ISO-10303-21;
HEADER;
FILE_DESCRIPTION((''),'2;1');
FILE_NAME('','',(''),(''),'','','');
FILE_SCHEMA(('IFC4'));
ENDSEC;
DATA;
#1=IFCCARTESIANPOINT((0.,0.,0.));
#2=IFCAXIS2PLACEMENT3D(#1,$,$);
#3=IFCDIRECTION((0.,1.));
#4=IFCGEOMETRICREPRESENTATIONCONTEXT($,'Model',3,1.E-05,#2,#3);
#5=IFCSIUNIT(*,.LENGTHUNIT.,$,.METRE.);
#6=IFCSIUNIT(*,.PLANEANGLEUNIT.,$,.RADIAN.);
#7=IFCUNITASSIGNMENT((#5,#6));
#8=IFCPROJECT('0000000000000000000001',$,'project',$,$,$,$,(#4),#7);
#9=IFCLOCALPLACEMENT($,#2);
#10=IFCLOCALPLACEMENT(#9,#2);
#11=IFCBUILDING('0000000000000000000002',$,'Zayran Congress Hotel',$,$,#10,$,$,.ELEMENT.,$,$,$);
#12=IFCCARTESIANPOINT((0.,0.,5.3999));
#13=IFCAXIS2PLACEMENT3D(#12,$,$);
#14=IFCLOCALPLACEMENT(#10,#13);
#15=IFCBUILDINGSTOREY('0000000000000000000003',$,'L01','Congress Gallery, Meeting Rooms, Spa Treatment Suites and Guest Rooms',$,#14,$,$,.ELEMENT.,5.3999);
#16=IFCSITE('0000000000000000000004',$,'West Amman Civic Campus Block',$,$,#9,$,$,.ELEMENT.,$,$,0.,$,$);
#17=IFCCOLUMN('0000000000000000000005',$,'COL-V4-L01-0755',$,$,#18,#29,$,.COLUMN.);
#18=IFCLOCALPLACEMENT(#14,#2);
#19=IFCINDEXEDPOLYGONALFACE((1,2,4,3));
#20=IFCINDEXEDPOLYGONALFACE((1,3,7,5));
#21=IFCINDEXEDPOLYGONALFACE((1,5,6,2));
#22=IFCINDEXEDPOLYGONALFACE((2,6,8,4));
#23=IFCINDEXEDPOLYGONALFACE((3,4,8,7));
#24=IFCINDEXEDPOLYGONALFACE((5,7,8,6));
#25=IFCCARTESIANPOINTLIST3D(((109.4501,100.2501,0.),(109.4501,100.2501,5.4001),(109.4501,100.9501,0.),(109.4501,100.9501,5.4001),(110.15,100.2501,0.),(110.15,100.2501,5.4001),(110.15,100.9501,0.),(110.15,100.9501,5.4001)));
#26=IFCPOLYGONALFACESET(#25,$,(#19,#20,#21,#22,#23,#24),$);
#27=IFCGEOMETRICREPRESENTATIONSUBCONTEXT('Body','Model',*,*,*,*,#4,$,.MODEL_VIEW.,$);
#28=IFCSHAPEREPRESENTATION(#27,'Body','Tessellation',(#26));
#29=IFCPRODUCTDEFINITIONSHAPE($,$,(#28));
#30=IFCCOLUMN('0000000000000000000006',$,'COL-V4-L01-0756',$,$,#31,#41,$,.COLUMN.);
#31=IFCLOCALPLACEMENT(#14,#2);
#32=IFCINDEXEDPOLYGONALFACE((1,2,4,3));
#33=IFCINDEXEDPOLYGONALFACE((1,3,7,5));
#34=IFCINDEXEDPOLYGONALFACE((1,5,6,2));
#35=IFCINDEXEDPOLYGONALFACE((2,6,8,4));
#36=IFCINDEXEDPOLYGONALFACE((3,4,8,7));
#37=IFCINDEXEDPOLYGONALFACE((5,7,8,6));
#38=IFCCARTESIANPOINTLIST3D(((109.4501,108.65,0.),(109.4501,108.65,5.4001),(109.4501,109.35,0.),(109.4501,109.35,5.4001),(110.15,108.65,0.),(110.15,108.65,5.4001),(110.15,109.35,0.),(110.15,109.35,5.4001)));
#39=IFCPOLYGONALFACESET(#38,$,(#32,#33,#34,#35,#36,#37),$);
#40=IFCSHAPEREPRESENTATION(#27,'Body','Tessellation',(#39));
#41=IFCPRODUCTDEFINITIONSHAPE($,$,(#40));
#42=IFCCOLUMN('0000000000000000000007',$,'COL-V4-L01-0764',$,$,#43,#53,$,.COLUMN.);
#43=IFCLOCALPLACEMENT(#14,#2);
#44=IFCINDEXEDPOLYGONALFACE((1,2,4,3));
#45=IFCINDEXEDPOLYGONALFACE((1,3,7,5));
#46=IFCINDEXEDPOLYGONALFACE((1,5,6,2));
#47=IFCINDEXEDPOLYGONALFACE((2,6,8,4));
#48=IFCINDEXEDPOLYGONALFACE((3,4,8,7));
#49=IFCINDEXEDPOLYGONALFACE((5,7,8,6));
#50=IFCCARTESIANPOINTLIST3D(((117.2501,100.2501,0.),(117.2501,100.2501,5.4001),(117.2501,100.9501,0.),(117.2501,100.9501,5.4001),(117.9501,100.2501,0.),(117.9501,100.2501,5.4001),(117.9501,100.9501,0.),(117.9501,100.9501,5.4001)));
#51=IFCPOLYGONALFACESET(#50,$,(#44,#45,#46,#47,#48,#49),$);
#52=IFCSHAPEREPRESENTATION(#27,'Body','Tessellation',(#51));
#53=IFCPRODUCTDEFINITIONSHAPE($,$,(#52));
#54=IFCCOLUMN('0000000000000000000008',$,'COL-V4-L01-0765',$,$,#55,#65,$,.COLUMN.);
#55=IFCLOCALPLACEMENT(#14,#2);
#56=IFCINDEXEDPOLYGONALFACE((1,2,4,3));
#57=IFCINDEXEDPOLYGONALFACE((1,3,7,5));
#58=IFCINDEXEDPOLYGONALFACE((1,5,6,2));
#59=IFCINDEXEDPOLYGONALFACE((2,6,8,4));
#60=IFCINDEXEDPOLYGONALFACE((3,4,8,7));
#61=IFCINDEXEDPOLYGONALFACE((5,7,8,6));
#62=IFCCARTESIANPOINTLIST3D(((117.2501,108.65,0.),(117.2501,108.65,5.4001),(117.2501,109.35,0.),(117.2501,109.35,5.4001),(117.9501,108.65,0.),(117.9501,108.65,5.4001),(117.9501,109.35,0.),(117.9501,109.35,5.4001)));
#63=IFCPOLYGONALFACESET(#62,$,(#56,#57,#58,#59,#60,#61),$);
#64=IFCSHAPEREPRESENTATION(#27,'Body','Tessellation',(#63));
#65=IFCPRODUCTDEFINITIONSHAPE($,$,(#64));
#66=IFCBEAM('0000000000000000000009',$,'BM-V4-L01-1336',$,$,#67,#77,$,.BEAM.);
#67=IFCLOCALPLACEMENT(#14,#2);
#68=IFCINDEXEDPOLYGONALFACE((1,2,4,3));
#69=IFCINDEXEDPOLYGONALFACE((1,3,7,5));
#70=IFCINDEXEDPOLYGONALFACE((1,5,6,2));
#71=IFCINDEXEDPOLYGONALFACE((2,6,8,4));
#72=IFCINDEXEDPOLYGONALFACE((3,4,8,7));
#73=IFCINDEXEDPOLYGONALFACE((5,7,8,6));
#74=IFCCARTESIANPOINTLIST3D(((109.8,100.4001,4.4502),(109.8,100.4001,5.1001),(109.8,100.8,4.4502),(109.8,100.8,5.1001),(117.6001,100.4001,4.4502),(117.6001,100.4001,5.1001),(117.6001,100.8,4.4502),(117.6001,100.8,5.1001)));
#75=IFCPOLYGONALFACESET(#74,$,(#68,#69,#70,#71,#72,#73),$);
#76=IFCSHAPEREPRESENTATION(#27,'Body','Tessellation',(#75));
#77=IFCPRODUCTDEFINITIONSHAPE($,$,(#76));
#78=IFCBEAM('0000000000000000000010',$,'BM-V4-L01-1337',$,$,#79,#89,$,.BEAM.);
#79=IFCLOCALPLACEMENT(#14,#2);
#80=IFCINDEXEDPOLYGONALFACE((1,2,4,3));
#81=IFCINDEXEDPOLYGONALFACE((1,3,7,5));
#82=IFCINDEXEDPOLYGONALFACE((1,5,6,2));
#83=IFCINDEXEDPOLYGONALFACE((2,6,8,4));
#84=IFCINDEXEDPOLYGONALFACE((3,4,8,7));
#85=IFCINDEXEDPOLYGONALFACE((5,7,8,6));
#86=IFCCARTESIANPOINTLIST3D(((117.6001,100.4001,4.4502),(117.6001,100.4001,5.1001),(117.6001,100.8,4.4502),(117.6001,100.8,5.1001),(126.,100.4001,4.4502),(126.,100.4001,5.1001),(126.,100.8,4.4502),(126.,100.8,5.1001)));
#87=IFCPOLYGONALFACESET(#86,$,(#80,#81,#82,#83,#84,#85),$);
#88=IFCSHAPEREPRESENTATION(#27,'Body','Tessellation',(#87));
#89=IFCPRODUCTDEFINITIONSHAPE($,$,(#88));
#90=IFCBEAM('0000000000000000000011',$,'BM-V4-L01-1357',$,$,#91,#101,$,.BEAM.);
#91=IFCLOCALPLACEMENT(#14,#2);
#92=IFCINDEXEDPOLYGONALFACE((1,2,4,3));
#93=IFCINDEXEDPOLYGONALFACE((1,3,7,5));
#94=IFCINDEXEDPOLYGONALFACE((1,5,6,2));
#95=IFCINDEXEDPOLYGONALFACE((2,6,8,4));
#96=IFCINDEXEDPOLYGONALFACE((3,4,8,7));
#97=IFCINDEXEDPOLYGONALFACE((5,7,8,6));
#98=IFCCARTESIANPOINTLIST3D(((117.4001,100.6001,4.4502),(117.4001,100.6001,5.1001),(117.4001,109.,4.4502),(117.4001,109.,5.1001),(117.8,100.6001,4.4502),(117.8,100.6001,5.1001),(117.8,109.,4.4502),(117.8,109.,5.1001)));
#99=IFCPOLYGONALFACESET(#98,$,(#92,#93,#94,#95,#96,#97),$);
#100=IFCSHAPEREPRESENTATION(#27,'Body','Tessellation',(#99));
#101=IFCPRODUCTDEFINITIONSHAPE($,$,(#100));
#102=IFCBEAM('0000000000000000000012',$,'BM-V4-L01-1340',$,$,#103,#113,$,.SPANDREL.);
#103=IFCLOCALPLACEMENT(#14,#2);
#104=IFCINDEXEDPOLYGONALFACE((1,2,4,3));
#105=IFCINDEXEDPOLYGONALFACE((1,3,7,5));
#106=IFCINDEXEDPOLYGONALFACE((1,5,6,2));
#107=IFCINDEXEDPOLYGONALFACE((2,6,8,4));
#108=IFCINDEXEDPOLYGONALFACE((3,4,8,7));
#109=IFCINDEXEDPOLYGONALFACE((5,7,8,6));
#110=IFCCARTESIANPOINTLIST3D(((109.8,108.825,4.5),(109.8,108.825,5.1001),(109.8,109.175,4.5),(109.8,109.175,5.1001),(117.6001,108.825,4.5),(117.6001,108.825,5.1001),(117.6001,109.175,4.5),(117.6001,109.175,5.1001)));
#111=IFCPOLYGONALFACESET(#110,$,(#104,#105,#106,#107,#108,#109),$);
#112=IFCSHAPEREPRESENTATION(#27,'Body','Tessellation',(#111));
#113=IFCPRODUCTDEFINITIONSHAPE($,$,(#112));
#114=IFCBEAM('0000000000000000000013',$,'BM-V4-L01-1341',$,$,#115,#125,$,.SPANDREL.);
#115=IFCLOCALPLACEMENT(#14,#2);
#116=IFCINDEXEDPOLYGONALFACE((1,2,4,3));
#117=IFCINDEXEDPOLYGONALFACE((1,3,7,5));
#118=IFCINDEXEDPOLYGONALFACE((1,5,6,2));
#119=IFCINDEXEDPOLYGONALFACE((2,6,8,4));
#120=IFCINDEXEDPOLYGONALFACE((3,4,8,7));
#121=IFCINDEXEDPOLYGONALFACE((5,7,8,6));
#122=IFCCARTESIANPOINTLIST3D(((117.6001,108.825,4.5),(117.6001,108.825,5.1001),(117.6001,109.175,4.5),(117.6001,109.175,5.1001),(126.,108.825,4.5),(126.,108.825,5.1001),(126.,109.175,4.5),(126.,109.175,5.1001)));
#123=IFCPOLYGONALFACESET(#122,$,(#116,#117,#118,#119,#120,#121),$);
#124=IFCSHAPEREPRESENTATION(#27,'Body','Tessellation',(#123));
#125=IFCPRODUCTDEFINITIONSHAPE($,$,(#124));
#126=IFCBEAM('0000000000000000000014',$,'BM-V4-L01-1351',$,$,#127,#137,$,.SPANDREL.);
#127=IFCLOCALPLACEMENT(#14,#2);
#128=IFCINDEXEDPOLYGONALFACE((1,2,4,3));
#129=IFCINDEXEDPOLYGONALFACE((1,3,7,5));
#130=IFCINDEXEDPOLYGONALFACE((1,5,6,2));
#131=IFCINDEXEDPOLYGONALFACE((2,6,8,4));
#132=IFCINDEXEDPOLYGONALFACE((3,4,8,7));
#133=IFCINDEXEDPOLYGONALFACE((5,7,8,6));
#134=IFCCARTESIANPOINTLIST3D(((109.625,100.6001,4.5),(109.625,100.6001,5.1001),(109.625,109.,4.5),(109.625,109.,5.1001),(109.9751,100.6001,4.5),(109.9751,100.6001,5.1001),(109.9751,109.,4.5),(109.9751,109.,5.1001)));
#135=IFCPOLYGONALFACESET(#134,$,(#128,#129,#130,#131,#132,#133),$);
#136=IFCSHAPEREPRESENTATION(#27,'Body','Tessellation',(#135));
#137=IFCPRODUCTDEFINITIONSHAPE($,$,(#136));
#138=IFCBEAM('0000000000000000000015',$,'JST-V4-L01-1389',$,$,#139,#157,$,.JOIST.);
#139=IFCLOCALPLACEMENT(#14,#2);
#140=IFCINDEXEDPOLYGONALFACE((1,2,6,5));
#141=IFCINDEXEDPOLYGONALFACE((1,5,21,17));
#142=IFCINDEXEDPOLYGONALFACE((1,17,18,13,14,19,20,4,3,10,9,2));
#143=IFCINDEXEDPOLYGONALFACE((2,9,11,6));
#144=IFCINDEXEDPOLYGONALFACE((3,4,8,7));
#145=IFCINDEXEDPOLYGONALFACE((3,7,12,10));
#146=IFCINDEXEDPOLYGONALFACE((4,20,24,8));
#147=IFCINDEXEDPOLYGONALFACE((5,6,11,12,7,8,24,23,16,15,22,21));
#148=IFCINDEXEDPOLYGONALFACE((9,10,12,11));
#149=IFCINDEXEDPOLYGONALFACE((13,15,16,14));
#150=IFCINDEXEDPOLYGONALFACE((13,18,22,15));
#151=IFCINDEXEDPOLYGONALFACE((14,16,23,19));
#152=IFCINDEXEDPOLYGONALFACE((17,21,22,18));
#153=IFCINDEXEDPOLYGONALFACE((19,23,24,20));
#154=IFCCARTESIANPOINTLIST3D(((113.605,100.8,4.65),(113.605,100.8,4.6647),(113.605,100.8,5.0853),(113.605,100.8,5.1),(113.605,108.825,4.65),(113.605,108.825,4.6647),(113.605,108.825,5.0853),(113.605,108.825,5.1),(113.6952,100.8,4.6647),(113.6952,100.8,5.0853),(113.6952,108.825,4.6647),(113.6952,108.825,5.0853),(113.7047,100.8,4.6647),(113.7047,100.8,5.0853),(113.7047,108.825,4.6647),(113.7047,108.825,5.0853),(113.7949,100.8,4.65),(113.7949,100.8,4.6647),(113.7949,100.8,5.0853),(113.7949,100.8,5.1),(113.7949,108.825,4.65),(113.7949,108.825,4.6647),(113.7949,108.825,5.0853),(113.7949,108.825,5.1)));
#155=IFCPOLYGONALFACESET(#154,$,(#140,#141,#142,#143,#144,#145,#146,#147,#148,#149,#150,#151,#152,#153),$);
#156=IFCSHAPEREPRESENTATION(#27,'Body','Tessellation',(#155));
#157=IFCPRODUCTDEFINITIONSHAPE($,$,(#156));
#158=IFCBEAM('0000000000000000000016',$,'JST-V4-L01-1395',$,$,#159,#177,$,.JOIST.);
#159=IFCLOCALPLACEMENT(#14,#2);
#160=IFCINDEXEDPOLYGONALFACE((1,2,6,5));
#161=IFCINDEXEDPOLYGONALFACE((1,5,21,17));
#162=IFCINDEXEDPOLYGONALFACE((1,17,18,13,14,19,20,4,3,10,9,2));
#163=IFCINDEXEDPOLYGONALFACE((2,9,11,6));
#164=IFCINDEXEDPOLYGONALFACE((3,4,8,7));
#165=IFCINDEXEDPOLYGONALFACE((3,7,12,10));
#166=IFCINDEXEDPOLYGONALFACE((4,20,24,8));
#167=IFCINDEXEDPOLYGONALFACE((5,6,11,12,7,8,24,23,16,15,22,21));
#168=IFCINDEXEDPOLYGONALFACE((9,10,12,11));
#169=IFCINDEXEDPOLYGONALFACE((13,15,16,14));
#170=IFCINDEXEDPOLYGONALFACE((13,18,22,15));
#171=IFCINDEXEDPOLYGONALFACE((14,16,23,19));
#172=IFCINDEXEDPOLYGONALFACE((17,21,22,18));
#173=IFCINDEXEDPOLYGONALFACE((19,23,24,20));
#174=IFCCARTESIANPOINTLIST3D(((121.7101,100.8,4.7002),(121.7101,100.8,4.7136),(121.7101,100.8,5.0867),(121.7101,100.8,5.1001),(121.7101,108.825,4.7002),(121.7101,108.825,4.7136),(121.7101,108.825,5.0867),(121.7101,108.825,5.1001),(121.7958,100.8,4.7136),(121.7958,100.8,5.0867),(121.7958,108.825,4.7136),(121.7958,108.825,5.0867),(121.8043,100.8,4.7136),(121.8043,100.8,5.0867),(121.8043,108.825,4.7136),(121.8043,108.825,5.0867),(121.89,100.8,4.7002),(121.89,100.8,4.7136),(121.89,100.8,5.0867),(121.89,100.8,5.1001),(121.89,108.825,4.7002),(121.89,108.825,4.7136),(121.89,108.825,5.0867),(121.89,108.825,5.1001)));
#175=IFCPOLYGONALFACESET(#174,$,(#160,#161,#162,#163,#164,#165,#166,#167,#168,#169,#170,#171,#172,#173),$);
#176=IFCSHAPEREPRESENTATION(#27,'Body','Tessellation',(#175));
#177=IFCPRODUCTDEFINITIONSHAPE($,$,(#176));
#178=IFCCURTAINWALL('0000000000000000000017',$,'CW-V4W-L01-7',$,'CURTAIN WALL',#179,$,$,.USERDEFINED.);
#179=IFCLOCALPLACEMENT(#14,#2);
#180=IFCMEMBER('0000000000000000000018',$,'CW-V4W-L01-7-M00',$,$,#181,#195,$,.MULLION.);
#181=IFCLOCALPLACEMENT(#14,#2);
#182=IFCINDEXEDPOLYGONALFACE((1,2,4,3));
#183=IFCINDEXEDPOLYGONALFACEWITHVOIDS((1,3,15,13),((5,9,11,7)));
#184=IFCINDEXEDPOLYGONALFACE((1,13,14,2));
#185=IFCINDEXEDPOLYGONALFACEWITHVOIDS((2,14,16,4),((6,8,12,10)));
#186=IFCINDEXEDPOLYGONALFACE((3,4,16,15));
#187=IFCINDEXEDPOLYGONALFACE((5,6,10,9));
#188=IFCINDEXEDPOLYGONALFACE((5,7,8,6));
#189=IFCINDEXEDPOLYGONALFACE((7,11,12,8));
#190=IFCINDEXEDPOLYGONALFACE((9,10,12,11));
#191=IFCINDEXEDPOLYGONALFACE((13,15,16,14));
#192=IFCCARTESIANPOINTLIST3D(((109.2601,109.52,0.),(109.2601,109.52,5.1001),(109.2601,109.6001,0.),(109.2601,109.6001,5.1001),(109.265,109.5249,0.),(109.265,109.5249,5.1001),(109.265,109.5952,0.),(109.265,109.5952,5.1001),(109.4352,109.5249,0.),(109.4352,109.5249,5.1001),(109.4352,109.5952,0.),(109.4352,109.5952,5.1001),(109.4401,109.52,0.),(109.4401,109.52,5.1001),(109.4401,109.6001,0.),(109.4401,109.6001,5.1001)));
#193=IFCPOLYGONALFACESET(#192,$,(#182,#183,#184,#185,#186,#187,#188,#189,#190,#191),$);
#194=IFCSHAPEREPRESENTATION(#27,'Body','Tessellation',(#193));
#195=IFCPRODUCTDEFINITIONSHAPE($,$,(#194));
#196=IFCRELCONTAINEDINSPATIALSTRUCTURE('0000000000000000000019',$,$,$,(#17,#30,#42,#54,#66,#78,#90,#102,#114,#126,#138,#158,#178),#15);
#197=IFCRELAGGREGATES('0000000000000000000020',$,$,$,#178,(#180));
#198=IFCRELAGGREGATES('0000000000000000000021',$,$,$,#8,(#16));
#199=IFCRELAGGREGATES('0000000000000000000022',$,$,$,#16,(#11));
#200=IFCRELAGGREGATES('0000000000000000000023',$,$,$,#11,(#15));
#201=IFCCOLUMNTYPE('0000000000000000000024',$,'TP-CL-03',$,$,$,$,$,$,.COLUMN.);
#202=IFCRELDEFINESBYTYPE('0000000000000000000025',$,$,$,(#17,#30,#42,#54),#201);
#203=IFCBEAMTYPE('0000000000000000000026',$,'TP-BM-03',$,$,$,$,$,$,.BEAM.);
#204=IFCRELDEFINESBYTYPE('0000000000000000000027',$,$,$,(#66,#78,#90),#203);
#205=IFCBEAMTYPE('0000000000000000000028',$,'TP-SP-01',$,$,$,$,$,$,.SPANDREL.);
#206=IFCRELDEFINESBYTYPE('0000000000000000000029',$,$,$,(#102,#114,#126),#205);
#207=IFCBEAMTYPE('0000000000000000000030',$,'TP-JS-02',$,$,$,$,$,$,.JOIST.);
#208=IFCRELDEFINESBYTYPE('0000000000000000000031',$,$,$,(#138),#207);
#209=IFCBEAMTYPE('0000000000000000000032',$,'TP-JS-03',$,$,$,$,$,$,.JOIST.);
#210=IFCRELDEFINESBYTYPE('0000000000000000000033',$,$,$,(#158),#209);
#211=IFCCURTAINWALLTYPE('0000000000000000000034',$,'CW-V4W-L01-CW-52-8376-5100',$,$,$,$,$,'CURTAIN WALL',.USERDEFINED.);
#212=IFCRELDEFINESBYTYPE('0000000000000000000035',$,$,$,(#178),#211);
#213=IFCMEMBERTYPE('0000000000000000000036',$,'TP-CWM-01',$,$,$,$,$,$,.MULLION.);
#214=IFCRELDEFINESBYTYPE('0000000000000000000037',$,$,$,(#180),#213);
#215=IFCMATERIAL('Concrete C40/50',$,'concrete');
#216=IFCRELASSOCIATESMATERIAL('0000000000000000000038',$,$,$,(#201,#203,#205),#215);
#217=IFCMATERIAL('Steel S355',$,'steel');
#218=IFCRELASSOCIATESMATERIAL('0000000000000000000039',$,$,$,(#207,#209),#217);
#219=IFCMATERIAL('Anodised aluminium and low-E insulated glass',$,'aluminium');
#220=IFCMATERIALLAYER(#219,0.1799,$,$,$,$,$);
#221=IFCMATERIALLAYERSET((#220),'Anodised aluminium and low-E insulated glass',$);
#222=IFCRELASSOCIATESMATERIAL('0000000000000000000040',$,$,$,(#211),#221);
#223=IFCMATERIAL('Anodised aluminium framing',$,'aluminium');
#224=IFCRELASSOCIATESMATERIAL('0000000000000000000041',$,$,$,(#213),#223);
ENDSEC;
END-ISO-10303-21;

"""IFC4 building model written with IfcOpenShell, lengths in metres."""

from ifc_helpers import new_model, si_unit, direction, frame, origin, origin_2d, place, context, subcontext, project, spatial, rectangle, hollow_rectangle, i_section, extrude, material, layer, layer_set, material_profile, profile_set, type_object, element, aggregate, save


model = new_model("IFC4")

# Units and contexts
model_context = context("Model", 3, precision=1e-05, world=origin(), true_north=direction((0.0, 1.0)))
body_context = subcontext(model_context, "Body", "Model", "MODEL_VIEW")
ifc_project = project(units=[si_unit("LENGTHUNIT", "METRE"), si_unit("PLANEANGLEUNIT", "RADIAN")], contexts=[model_context])

# Site, building, storey
site_placement = place(None, origin())
site = spatial("IfcSite", under=ifc_project, at=site_placement, Name="West Amman Civic Campus Block", CompositionType="ELEMENT", RefElevation=0.0)
building_placement = place(site_placement, origin())
building = spatial("IfcBuilding", under=site, at=building_placement, Name="Zayran Congress Hotel", CompositionType="ELEMENT")
storey_placement = place(building_placement, frame((0.0, 0.0, 5.3999)))
storey = spatial("IfcBuildingStorey", under=building, at=storey_placement, Name="L01", Description="Congress Gallery, Meeting Rooms, Spa Treatment Suites and Guest Rooms", CompositionType="ELEMENT", Elevation=5.3999)

# Columns
ifc_material_1 = material(Name="Concrete C40/50", Category="concrete")
ifc_material_profile_1 = material_profile(ifc_material_1, rectangle(XDim=0.7, YDim=0.7, at=origin_2d()), Name="RC 700x700")
ifc_profile_set_1 = profile_set([ifc_material_profile_1], Name="Concrete C40/50")
column_type = type_object("IfcColumnType", Name="TP-CL-03", PredefinedType="COLUMN", material=ifc_profile_set_1)
for number, where, z_axis, x_axis, name in (
    (1, (109.8, 100.6001, 0.0), (0.0, 0.0, 1.0), (1.0, 0.0, 0.0), "COL-V4-L01-0755"),
    (2, (109.8, 109.0, 0.0), (0.0, 0.0, 1.0), (1.0, 0.0, 0.0), "COL-V4-L01-0756"),
    (3, (117.6001, 100.6001, 0.0), (0.0, 0.0, 1.0), (1.0, 0.0, 0.0), "COL-V4-L01-0764"),
    (4, (117.6001, 109.0, 0.0), (0.0, 0.0, 1.0), (1.0, 0.0, 0.0), "COL-V4-L01-0765"),
):
    element("IfcColumn", number, at=place(storey_placement, frame(where, z_axis=z_axis, x_axis=x_axis)), inside=storey, type_object=column_type, Name=name, PredefinedType="COLUMN", context=body_context, shape_type="SweptSolid", body=[
        extrude(rectangle(XDim=0.7, YDim=0.7, at=origin_2d()), origin(), (0.0, 0.0, 1.0), 5.4001),
    ])

# Beams
ifc_material_profile_2 = material_profile(ifc_material_1, rectangle(XDim=0.3999, YDim=0.6499, at=origin_2d()), Name="RC 400x650")
ifc_profile_set_2 = profile_set([ifc_material_profile_2], Name="Concrete C40/50")
beam_type_1 = type_object("IfcBeamType", Name="TP-BM-03", PredefinedType="BEAM", material=ifc_profile_set_2)
beam_1_placement = place(storey_placement, frame((109.8, 100.6001, 4.7751), z_axis=(1.0, 0.0, 0.0), x_axis=(0.0, 1.0, 0.0)))
element("IfcBeam", 5, at=beam_1_placement, inside=storey, type_object=beam_type_1, Name="BM-V4-L01-1336", PredefinedType="BEAM", context=body_context, shape_type="SweptSolid", body=[
    extrude(rectangle(XDim=0.3999, YDim=0.6499, at=origin_2d()), origin(), (0.0, 0.0, 1.0), 7.8),
])
for number, where, z_axis, x_axis, name in (
    (6, (117.6001, 100.6001, 4.7751), (1.0, 0.0, 0.0), (0.0, 1.0, 0.0), "BM-V4-L01-1337"),
    (7, (117.6001, 100.6001, 4.7751), (0.0, 1.0, 0.0), (-1.0, 0.0, 0.0), "BM-V4-L01-1357"),
):
    element("IfcBeam", number, at=place(storey_placement, frame(where, z_axis=z_axis, x_axis=x_axis)), inside=storey, type_object=beam_type_1, Name=name, PredefinedType="BEAM", context=body_context, shape_type="SweptSolid", body=[
        extrude(rectangle(XDim=0.3999, YDim=0.6499, at=origin_2d()), origin(), (0.0, 0.0, 1.0), 8.3999),
    ])
ifc_material_profile_3 = material_profile(ifc_material_1, rectangle(XDim=0.3501, YDim=0.6001, at=origin_2d()), Name="RC 350x600")
ifc_profile_set_3 = profile_set([ifc_material_profile_3], Name="Concrete C40/50")
beam_type_2 = type_object("IfcBeamType", Name="TP-SP-01", PredefinedType="SPANDREL", material=ifc_profile_set_3)
beam_2_placement = place(storey_placement, frame((109.8, 109.0, 4.8), z_axis=(1.0, 0.0, 0.0), x_axis=(0.0, 1.0, 0.0)))
element("IfcBeam", 8, at=beam_2_placement, inside=storey, type_object=beam_type_2, Name="BM-V4-L01-1340", PredefinedType="SPANDREL", context=body_context, shape_type="SweptSolid", body=[
    extrude(rectangle(XDim=0.3501, YDim=0.6001, at=origin_2d()), origin(), (0.0, 0.0, 1.0), 7.8),
])
for number, where, z_axis, x_axis, name in (
    (9, (117.6001, 109.0, 4.8), (1.0, 0.0, 0.0), (0.0, 1.0, 0.0), "BM-V4-L01-1341"),
    (10, (109.8, 100.6001, 4.8), (0.0, 1.0, 0.0), (-1.0, 0.0, 0.0), "BM-V4-L01-1351"),
):
    element("IfcBeam", number, at=place(storey_placement, frame(where, z_axis=z_axis, x_axis=x_axis)), inside=storey, type_object=beam_type_2, Name=name, PredefinedType="SPANDREL", context=body_context, shape_type="SweptSolid", body=[
        extrude(rectangle(XDim=0.3501, YDim=0.6001, at=origin_2d()), origin(), (0.0, 0.0, 1.0), 8.3999),
    ])
ifc_material_2 = material(Name="Steel S355", Category="steel")
ifc_material_profile_4 = material_profile(ifc_material_2, i_section(OverallWidth=0.1899, OverallDepth=0.45, WebThickness=0.0095, FlangeThickness=0.0146, at=origin_2d()), Name="IPE 450")
ifc_profile_set_4 = profile_set([ifc_material_profile_4], Name="Steel S355")
beam_type_3 = type_object("IfcBeamType", Name="TP-JS-02", PredefinedType="JOIST", material=ifc_profile_set_4)
beam_3_placement = place(storey_placement, frame((113.7, 100.8, 4.875), z_axis=(0.0, 1.0, 0.0), x_axis=(-1.0, 0.0, 0.0)))
element("IfcBeam", 11, at=beam_3_placement, inside=storey, type_object=beam_type_3, Name="JST-V4-L01-1389", PredefinedType="JOIST", context=body_context, shape_type="SweptSolid", body=[
    extrude(i_section(OverallWidth=0.1899, OverallDepth=0.45, WebThickness=0.0095, FlangeThickness=0.0146, at=origin_2d()), origin(), (0.0, 0.0, 1.0), 8.0249),
])
ifc_material_profile_5 = material_profile(ifc_material_2, i_section(OverallWidth=0.1799, OverallDepth=0.3999, WebThickness=0.0085, FlangeThickness=0.0134, at=origin_2d()), Name="IPE 400")
ifc_profile_set_5 = profile_set([ifc_material_profile_5], Name="Steel S355")
beam_type_4 = type_object("IfcBeamType", Name="TP-JS-03", PredefinedType="JOIST", material=ifc_profile_set_5)
beam_4_placement = place(storey_placement, frame((121.8, 100.8, 4.9001), z_axis=(0.0, 1.0, 0.0), x_axis=(-1.0, 0.0, 0.0)))
element("IfcBeam", 12, at=beam_4_placement, inside=storey, type_object=beam_type_4, Name="JST-V4-L01-1395", PredefinedType="JOIST", context=body_context, shape_type="SweptSolid", body=[
    extrude(i_section(OverallWidth=0.1799, OverallDepth=0.3999, WebThickness=0.0085, FlangeThickness=0.0134, at=origin_2d()), origin(), (0.0, 0.0, 1.0), 8.0249),
])

# Curtain wall, member
ifc_material_3 = material(Name="Anodised aluminium and low-E insulated glass", Category="aluminium")
ifc_layer_1 = layer(ifc_material_3, 0.1799)
ifc_layer_set_1 = layer_set([ifc_layer_1], Name="Anodised aluminium and low-E insulated glass")
curtain_wall_type = type_object("IfcCurtainWallType", Name="CW-V4W-L01-CW-52-8376-5100", ElementType="CURTAIN WALL", PredefinedType="USERDEFINED", material=ifc_layer_set_1)
curtain_wall_placement = place(storey_placement, origin())
curtain_wall = element("IfcCurtainWall", 13, at=curtain_wall_placement, inside=storey, type_object=curtain_wall_type, Name="CW-V4W-L01-7", ObjectType="CURTAIN WALL", PredefinedType="USERDEFINED")
ifc_material_4 = material(Name="Anodised aluminium framing", Category="aluminium")
ifc_material_profile_6 = material_profile(ifc_material_4, hollow_rectangle(XDim=0.0801, YDim=0.1799, WallThickness=0.0049, at=origin_2d()), Name="RHS 180x80x5")
ifc_profile_set_6 = profile_set([ifc_material_profile_6], Name="Anodised aluminium framing")
member_type_1 = type_object("IfcMemberType", Name="TP-CWM-01", PredefinedType="MULLION", material=ifc_profile_set_6)
member_1_placement = place(storey_placement, frame((109.3501, 109.5601, 0.0), z_axis=(0.0, 0.0, 1.0), x_axis=(0.0, 1.0, 0.0)))
member_1 = element("IfcMember", 14, at=member_1_placement, type_object=member_type_1, Name="CW-V4W-L01-7-M00", PredefinedType="MULLION", context=body_context, shape_type="SweptSolid", body=[
    extrude(hollow_rectangle(XDim=0.0801, YDim=0.1799, WallThickness=0.0049, at=origin_2d()), origin(), (0.0, 0.0, 1.0), 5.1001),
])
aggregate(curtain_wall, [member_1])

save(model, "model.ifc")
